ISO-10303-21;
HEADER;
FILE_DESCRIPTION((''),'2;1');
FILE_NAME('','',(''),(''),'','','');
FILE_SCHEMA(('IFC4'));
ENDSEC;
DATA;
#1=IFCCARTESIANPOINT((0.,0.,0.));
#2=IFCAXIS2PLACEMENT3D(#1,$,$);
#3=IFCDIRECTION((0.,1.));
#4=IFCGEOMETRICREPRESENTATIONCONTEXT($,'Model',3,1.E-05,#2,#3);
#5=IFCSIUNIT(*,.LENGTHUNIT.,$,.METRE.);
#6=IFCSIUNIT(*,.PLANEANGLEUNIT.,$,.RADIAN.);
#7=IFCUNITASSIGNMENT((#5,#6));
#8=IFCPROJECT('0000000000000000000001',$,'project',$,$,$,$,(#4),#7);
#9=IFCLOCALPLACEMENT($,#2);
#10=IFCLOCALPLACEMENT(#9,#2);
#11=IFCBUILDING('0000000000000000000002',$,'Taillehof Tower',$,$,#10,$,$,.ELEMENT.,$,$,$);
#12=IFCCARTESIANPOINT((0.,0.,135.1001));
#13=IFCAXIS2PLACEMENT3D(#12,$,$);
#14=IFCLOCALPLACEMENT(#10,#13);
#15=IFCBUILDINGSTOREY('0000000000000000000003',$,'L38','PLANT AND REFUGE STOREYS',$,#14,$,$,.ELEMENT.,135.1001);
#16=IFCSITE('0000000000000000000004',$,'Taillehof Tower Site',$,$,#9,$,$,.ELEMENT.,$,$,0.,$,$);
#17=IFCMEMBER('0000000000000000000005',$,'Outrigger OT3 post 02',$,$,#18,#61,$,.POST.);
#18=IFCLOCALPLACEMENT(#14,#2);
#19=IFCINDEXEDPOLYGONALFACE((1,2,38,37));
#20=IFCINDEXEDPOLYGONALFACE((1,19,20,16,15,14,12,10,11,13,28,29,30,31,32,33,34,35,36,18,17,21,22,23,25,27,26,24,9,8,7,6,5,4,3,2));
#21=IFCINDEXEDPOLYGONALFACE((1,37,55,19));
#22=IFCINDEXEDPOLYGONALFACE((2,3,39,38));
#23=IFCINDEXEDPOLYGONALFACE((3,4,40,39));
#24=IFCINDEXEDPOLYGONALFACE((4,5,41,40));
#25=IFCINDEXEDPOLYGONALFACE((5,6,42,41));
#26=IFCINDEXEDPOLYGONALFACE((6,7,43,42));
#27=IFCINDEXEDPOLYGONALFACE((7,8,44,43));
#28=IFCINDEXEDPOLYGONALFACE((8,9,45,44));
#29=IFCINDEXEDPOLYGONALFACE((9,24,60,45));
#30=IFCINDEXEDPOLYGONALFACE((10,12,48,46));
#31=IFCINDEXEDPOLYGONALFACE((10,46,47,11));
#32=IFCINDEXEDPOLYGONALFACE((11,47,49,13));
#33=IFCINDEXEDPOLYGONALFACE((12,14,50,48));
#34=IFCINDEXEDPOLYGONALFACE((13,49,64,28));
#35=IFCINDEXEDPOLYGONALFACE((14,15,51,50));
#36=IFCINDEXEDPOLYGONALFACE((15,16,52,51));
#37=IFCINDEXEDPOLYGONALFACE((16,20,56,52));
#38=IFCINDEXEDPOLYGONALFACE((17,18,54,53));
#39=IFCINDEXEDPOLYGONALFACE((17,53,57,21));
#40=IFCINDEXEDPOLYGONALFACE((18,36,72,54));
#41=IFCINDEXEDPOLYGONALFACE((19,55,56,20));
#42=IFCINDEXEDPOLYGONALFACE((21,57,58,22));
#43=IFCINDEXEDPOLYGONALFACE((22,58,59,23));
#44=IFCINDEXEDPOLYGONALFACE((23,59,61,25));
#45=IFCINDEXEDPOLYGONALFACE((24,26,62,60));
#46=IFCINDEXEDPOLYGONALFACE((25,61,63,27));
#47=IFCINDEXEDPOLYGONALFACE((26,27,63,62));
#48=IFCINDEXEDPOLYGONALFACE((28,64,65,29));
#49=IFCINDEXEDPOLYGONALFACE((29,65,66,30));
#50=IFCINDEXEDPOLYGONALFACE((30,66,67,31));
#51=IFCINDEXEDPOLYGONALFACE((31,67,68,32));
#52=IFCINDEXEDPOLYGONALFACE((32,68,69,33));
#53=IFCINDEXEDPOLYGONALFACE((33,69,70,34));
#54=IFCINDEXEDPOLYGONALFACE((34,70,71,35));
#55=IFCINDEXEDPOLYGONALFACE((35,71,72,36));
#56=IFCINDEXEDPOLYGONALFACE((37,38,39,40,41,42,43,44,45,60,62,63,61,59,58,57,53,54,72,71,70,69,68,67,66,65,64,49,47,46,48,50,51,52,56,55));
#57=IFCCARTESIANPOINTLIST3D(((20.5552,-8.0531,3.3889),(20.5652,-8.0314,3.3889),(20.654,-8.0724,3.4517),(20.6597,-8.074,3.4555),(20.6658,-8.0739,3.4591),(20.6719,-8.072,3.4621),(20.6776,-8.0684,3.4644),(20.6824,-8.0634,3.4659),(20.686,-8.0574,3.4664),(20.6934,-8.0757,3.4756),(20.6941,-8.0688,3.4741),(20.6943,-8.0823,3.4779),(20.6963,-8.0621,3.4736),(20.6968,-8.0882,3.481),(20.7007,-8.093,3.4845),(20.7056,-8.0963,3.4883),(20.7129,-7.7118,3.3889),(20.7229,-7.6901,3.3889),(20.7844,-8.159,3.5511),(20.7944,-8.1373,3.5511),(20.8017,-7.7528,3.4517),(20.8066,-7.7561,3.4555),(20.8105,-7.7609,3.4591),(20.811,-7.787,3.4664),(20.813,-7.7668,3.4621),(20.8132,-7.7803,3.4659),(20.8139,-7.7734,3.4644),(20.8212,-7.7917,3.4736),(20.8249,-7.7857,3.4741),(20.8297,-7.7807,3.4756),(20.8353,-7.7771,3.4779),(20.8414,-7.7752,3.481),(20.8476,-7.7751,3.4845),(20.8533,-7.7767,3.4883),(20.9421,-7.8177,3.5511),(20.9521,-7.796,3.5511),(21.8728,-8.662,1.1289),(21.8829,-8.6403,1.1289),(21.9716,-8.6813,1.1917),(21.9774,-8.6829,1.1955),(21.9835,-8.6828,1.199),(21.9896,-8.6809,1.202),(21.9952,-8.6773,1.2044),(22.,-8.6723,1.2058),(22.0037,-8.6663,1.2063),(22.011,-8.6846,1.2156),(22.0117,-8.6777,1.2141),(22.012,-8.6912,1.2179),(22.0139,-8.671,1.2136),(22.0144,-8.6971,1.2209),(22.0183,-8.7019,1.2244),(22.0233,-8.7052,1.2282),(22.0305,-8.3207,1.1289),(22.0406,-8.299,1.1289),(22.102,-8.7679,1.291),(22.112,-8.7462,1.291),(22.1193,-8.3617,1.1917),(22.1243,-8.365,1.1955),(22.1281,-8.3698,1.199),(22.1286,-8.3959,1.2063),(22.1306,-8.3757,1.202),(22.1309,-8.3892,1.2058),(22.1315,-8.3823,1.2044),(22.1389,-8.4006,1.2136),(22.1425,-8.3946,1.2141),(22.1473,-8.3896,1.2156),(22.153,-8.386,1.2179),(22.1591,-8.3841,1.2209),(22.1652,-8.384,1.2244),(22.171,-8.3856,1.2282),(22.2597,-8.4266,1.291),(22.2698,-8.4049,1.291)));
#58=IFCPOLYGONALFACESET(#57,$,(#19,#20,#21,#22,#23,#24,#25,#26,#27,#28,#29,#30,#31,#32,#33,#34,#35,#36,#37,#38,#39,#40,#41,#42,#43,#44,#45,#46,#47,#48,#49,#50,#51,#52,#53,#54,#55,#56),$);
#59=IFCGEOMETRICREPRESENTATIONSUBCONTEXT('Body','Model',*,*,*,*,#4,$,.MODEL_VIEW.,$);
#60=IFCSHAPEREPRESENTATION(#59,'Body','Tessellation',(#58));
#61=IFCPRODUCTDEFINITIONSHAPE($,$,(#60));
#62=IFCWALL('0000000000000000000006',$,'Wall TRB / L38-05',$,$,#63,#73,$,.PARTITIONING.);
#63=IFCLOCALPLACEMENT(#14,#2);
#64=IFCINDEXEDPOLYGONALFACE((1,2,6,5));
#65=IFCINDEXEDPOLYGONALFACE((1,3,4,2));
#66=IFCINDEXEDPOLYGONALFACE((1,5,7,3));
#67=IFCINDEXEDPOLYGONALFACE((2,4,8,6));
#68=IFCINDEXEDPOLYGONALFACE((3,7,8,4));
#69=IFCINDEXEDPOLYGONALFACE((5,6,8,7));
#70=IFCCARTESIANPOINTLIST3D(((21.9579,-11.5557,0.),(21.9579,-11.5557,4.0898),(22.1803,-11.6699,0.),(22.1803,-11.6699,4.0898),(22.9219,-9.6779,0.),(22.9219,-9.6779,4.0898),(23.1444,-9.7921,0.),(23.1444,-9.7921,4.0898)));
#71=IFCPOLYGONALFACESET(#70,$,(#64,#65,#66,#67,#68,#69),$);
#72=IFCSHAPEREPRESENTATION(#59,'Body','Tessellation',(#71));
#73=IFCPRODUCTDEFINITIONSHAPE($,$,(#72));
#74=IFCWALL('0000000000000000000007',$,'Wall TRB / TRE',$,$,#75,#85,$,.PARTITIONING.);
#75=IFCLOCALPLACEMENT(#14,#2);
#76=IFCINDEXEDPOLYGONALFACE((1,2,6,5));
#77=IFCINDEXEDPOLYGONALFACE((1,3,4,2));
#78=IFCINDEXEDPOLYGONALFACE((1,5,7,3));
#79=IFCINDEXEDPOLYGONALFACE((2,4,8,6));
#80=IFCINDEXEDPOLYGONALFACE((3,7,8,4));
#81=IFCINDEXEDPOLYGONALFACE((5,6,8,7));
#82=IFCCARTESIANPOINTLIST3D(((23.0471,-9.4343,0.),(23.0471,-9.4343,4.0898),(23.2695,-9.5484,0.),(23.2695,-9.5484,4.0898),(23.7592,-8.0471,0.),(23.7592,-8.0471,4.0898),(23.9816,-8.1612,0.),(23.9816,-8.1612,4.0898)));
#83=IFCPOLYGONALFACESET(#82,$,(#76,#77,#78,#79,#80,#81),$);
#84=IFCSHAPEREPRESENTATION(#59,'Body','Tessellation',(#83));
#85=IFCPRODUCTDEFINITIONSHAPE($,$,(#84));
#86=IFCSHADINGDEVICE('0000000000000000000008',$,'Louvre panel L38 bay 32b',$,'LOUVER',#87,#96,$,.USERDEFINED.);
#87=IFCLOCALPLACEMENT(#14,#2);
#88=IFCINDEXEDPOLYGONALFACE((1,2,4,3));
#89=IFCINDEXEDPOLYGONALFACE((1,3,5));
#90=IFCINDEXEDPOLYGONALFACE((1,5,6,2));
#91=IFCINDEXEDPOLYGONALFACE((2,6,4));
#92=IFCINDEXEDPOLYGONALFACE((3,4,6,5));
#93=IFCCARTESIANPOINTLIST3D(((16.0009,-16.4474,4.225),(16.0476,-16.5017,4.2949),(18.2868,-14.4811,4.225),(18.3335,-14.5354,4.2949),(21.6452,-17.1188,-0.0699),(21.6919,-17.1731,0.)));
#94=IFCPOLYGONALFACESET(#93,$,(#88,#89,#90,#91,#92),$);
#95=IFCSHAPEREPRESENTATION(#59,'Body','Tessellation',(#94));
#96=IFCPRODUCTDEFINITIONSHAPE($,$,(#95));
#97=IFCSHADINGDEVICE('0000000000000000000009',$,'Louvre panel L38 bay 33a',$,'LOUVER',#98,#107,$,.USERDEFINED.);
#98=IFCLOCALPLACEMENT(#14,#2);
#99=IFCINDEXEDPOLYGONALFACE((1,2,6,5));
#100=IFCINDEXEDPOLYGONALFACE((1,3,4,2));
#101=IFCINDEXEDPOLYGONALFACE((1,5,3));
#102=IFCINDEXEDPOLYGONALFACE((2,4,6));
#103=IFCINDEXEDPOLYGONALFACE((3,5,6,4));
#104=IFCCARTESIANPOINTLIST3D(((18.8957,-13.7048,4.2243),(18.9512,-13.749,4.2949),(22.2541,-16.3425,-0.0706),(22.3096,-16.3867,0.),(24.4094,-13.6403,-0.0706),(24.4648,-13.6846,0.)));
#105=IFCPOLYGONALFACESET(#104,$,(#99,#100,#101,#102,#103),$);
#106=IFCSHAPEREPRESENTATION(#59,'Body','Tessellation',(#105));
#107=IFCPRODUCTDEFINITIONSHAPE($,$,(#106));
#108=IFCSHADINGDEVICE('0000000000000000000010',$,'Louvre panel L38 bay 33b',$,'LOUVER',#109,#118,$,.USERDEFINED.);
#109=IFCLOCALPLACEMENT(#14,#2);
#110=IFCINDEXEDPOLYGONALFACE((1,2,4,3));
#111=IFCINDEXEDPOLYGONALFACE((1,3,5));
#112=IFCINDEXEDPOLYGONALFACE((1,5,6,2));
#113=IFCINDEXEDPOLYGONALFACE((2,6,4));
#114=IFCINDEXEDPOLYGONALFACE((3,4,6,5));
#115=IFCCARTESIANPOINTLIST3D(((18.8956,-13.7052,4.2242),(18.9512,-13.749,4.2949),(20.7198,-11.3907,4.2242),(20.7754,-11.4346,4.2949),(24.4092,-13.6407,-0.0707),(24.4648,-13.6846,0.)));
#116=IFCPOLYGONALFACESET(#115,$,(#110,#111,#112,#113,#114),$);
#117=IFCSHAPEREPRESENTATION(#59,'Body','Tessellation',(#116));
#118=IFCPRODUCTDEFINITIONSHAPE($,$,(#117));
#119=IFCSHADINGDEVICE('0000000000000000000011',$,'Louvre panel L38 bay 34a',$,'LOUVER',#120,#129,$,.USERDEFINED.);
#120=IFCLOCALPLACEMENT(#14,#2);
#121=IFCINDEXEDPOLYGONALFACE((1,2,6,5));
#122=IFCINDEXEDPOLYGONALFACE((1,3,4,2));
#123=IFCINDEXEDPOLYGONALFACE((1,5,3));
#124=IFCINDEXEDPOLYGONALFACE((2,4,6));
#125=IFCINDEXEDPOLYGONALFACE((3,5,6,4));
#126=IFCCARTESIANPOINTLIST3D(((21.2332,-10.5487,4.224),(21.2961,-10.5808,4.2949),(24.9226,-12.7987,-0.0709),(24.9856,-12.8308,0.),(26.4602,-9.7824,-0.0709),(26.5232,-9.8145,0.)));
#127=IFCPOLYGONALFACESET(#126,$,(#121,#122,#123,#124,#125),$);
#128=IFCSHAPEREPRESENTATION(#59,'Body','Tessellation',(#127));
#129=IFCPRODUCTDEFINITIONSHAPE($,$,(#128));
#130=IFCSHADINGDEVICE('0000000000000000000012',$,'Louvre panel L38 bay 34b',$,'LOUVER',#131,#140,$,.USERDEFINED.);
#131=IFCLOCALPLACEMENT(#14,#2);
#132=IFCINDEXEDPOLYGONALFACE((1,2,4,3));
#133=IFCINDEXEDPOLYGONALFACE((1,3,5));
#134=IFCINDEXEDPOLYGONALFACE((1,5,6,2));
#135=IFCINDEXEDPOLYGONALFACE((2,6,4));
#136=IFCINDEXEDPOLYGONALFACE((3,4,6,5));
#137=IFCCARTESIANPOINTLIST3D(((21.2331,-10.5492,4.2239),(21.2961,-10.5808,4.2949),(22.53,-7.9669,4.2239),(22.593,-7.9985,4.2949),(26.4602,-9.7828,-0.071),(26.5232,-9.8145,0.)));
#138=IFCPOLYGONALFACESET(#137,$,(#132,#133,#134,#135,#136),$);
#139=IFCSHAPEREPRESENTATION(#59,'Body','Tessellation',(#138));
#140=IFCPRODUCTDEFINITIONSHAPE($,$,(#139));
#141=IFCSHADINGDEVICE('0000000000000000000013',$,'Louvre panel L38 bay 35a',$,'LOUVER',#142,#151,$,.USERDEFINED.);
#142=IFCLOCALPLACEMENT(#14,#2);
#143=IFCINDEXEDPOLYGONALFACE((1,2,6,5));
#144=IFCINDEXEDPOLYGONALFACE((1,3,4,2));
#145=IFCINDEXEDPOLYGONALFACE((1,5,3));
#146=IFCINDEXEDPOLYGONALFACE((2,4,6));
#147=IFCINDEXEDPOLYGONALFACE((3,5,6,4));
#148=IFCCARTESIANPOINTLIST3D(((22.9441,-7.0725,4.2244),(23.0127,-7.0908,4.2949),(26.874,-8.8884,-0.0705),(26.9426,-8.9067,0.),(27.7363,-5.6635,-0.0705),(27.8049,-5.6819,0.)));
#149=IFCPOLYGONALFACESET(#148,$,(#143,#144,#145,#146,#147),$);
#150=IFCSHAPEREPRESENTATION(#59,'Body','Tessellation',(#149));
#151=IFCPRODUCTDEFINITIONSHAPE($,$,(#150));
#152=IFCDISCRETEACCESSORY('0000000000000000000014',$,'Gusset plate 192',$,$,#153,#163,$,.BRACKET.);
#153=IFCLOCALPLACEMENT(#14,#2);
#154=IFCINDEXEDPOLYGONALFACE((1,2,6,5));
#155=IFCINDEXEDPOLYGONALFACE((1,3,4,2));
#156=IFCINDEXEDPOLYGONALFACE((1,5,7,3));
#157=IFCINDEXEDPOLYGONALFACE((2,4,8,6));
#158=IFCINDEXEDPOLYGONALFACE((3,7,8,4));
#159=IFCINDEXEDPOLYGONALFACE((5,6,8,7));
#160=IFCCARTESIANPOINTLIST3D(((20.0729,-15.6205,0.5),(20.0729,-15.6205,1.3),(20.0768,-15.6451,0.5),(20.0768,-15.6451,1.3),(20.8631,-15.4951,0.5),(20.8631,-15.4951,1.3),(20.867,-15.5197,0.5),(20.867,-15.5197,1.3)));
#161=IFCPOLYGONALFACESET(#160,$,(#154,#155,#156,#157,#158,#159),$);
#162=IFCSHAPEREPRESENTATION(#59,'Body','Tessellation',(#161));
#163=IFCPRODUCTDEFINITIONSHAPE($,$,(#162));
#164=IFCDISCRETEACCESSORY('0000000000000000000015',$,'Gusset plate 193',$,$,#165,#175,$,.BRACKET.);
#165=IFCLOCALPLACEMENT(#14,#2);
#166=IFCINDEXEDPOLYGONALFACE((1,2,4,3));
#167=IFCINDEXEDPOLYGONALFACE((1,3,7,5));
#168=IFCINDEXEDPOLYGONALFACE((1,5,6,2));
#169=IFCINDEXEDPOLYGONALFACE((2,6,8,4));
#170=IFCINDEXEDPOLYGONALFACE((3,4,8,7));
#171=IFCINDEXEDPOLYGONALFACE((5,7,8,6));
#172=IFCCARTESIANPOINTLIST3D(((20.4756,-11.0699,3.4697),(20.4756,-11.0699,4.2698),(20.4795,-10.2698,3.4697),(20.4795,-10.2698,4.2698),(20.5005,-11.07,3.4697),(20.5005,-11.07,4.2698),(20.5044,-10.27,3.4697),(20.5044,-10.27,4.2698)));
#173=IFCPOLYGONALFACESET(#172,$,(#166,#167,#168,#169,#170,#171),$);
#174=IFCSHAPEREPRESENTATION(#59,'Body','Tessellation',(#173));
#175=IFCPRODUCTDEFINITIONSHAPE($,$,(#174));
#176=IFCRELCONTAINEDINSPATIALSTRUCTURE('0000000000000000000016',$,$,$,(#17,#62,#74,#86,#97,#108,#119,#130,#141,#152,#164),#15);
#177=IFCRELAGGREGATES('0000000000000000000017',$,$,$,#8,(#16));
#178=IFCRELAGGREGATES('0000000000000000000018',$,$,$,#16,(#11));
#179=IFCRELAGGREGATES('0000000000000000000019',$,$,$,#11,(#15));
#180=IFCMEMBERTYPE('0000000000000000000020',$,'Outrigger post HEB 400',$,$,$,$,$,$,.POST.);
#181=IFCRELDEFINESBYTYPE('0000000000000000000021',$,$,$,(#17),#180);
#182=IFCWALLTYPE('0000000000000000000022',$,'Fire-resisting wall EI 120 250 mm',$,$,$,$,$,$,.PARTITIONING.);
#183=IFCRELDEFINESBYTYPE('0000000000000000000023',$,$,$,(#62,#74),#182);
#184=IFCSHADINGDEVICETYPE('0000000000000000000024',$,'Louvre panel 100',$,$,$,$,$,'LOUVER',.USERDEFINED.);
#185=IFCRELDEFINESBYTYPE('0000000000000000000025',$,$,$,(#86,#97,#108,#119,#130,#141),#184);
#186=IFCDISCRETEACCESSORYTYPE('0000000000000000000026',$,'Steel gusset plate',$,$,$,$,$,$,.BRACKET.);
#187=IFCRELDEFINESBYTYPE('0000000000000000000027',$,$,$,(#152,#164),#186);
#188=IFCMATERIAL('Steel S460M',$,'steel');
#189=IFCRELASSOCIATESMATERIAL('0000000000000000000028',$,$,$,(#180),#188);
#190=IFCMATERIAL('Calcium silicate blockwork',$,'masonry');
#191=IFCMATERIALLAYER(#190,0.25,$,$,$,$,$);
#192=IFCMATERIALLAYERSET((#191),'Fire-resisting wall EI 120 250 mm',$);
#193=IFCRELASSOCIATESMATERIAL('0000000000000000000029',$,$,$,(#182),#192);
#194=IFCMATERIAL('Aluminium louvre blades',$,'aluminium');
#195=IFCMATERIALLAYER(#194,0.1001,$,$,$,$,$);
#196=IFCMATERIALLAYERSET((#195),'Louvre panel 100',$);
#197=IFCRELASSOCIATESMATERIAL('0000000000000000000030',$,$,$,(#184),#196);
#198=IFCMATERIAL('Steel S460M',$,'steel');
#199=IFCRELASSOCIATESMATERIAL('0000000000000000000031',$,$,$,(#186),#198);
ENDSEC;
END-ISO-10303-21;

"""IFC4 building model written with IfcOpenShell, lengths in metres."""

from ifc_helpers import new_model, si_unit, direction, frame, frame_2d, origin, origin_2d, place, context, subcontext, project, spatial, polyline, rectangle, i_section, outline, extrude, material, layer, layer_set, material_profile, profile_set, type_object, element, save


model = new_model("IFC4")

# Units and contexts
model_context = context("Model", 3, precision=1e-05, world=origin(), true_north=direction((0.0, 1.0)))
body_context = subcontext(model_context, "Body", "Model", "MODEL_VIEW")
ifc_project = project(units=[si_unit("LENGTHUNIT", "METRE"), si_unit("PLANEANGLEUNIT", "RADIAN")], contexts=[model_context])

# Site, building, storey
site_placement = place(None, origin())
site = spatial("IfcSite", under=ifc_project, at=site_placement, Name="Taillehof Tower Site", CompositionType="ELEMENT", RefElevation=0.0)
building_placement = place(site_placement, origin())
building = spatial("IfcBuilding", under=site, at=building_placement, Name="Taillehof Tower", CompositionType="ELEMENT")
storey_placement = place(building_placement, frame((0.0, 0.0, 135.1001)))
storey = spatial("IfcBuildingStorey", under=building, at=storey_placement, Name="L38", Description="PLANT AND REFUGE STOREYS", CompositionType="ELEMENT", Elevation=135.1001)

# Member
ifc_material_1 = material(Name="Steel S460M", Category="steel")
ifc_material_profile_1 = material_profile(ifc_material_1, i_section(OverallWidth=0.3, OverallDepth=0.3999, WebThickness=0.0134, FlangeThickness=0.0239, FilletRadius=0.0271, at=origin_2d()), Name="HEB 400")
ifc_profile_set_1 = profile_set([ifc_material_profile_1], Name="Steel S460M")
member_type_1 = type_object("IfcMemberType", Name="Outrigger post HEB 400", PredefinedType="POST", material=ifc_profile_set_1)
member_1_placement = place(storey_placement, frame((22.0713, -8.5334, 1.21), z_axis=(-0.490556, 0.22669, 0.841407), x_axis=(-0.763798, 0.352958, -0.540401)))
element("IfcMember", 1, at=member_1_placement, inside=storey, type_object=member_type_1, Name="Outrigger OT3 post 02", PredefinedType="POST", context=body_context, shape_type="SweptSolid", body=[
    extrude(i_section(OverallWidth=0.3, OverallDepth=0.3999, WebThickness=0.0134, FlangeThickness=0.0239, FilletRadius=0.0271, at=origin_2d()), origin(), (0.0, 0.0, 1.0), 2.686),
])

# Walls
ifc_material_2 = material(Name="Calcium silicate blockwork", Category="masonry")
ifc_layer_1 = layer(ifc_material_2, 0.25)
ifc_layer_set_1 = layer_set([ifc_layer_1], Name="Fire-resisting wall EI 120 250 mm")
wall_type = type_object("IfcWallType", Name="Fire-resisting wall EI 120 250 mm", PredefinedType="PARTITIONING", material=ifc_layer_set_1)
wall_1_placement = place(storey_placement, frame((22.0691, -11.6128, 0.0), z_axis=(0.0, 0.0, 1.0), x_axis=(0.456718, 0.889611, 0.0)))
element("IfcWall", 2, at=wall_1_placement, inside=storey, type_object=wall_type, Name="Wall TRB / L38-05", PredefinedType="PARTITIONING", context=body_context, shape_type="SweptSolid", body=[
    extrude(rectangle(XDim=2.1108, YDim=0.25, at=frame_2d((1.0554, 0.0))), origin(), (0.0, 0.0, 1.0), 4.0898),
])
wall_2_placement = place(storey_placement, frame((23.1582, -9.4915, 0.0), z_axis=(0.0, 0.0, 1.0), x_axis=(0.456708, 0.889617, 0.0)))
element("IfcWall", 3, at=wall_2_placement, inside=storey, type_object=wall_type, Name="Wall TRB / TRE", PredefinedType="PARTITIONING", context=body_context, shape_type="SweptSolid", body=[
    extrude(rectangle(XDim=1.5593, YDim=0.25, at=frame_2d((0.7798, 0.0))), origin(), (0.0, 0.0, 1.0), 4.0898),
])

# Shading devices
ifc_material_3 = material(Name="Aluminium louvre blades", Category="aluminium")
ifc_layer_2 = layer(ifc_material_3, 0.1001)
ifc_layer_set_2 = layer_set([ifc_layer_2], Name="Louvre panel 100")
shading_device_type = type_object("IfcShadingDeviceType", Name="Louvre panel 100", ElementType="LOUVER", PredefinedType="USERDEFINED", material=ifc_layer_set_2)
shading_device_1_placement = place(storey_placement, frame((21.6919, -17.1731, 0.0), z_axis=(0.466801, -0.542669, 0.698289), x_axis=(-0.554501, 0.435506, 0.709129)))
element("IfcShadingDevice", 4, at=shading_device_1_placement, inside=storey, type_object=shading_device_type, Name="Louvre panel L38 bay 32b", ObjectType="LOUVER", PredefinedType="USERDEFINED", context=body_context, shape_type="SweptSolid", body=[
    extrude(outline(polyline([(0.0, 0.0), (6.0566, 0.0), (6.4678, 2.9871), (0.0, 0.0)])), origin(), (0.0, 0.0, -1.0), 0.1001),
])
shading_device_2_placement = place(storey_placement, frame((22.3096, -16.3867, 0.0), z_axis=(0.554389, -0.442189, 0.705069), x_axis=(0.623557, 0.781778, 0.0)))
element("IfcShadingDevice", 5, at=shading_device_2_placement, inside=storey, type_object=shading_device_type, Name="Louvre panel L38 bay 33a", ObjectType="LOUVER", PredefinedType="USERDEFINED", context=body_context, shape_type="SweptSolid", body=[
    extrude(outline(polyline([(0.0, 0.0), (3.4564, 0.0), (-0.0321, 6.0565), (0.0, 0.0)])), origin(), (0.0, 0.0, -1.0), 0.1001),
])
shading_device_3_placement = place(storey_placement, frame((24.4648, -13.6846, 0.0), z_axis=(0.555636, -0.437944, 0.706734), x_axis=(-0.605554, 0.369295, 0.70493)))
element("IfcShadingDevice", 6, at=shading_device_3_placement, inside=storey, type_object=shading_device_type, Name="Louvre panel L38 bay 33b", ObjectType="LOUVER", PredefinedType="USERDEFINED", context=body_context, shape_type="SweptSolid", body=[
    extrude(outline(polyline([(0.0, 0.0), (6.0927, 0.0), (6.3426, 2.9363), (0.0, 0.0)])), origin(), (0.0, 0.0, -1.0), 0.1001),
])
shading_device_4_placement = place(storey_placement, frame((24.9856, -12.8308, 0.0), z_axis=(0.628957, -0.320613, 0.708252), x_axis=(0.454152, 0.890924, 0.0)))
element("IfcShadingDevice", 7, at=shading_device_4_placement, inside=storey, type_object=shading_device_type, Name="Louvre panel L38 bay 34a", ObjectType="LOUVER", PredefinedType="USERDEFINED", context=body_context, shape_type="SweptSolid", body=[
    extrude(outline(polyline([(0.0, 0.0), (3.3856, 0.0), (0.329, 6.0838), (0.0, 0.0)])), origin(), (0.0, 0.0, -1.0), 0.1001),
])
shading_device_5_placement = place(storey_placement, frame((26.5232, -9.8145, 0.0), z_axis=(0.629529, -0.316163, 0.709742), x_axis=(-0.644463, 0.297771, 0.704273)))
element("IfcShadingDevice", 8, at=shading_device_5_placement, inside=storey, type_object=shading_device_type, Name="Louvre panel L38 bay 34b", ObjectType="LOUVER", PredefinedType="USERDEFINED", context=body_context, shape_type="SweptSolid", body=[
    extrude(outline(polyline([(0.0, 0.0), (6.0984, 0.0), (6.1652, 2.8889), (0.0, 0.0)])), origin(), (0.0, 0.0, -1.0), 0.1001),
])
shading_device_6_placement = place(storey_placement, frame((26.9426, -8.9067, 0.0), z_axis=(0.685441, -0.183282, 0.704683), x_axis=(0.258318, 0.96606, 0.0)))
element("IfcShadingDevice", 9, at=shading_device_6_placement, inside=storey, type_object=shading_device_type, Name="Louvre panel L38 bay 35a", ObjectType="LOUVER", PredefinedType="USERDEFINED", context=body_context, shape_type="SweptSolid", body=[
    extrude(outline(polyline([(0.0, 0.0), (3.3382, 0.0), (0.7391, 6.0533), (0.0, 0.0)])), origin(), (0.0, 0.0, -1.0), 0.1001),
])

# Discrete accessories
ifc_material_4 = material(Name="Steel S460M", Category="steel")
discrete_accessory_type = type_object("IfcDiscreteAccessoryType", Name="Steel gusset plate", PredefinedType="BRACKET", material=ifc_material_4)
for number, where, z_axis, x_axis, name in (
    (10, (20.47, -15.5701, 0.5), (0.0, 0.0, 1.0), (0.98764, 0.156741, 0.0), "Gusset plate 192"),
    (11, (20.49, -10.6699, 3.4697), (0.0, 0.0, 1.0), (0.004871, 0.999988, 0.0), "Gusset plate 193"),
):
    element("IfcDiscreteAccessory", number, at=place(storey_placement, frame(where, z_axis=z_axis, x_axis=x_axis)), inside=storey, type_object=discrete_accessory_type, Name=name, PredefinedType="BRACKET", context=body_context, shape_type="SweptSolid", body=[
        extrude(rectangle(XDim=0.8, YDim=0.0249, at=origin_2d()), origin(), (0.0, 0.0, 1.0), 0.8),
    ])

save(model, "model.ifc")
